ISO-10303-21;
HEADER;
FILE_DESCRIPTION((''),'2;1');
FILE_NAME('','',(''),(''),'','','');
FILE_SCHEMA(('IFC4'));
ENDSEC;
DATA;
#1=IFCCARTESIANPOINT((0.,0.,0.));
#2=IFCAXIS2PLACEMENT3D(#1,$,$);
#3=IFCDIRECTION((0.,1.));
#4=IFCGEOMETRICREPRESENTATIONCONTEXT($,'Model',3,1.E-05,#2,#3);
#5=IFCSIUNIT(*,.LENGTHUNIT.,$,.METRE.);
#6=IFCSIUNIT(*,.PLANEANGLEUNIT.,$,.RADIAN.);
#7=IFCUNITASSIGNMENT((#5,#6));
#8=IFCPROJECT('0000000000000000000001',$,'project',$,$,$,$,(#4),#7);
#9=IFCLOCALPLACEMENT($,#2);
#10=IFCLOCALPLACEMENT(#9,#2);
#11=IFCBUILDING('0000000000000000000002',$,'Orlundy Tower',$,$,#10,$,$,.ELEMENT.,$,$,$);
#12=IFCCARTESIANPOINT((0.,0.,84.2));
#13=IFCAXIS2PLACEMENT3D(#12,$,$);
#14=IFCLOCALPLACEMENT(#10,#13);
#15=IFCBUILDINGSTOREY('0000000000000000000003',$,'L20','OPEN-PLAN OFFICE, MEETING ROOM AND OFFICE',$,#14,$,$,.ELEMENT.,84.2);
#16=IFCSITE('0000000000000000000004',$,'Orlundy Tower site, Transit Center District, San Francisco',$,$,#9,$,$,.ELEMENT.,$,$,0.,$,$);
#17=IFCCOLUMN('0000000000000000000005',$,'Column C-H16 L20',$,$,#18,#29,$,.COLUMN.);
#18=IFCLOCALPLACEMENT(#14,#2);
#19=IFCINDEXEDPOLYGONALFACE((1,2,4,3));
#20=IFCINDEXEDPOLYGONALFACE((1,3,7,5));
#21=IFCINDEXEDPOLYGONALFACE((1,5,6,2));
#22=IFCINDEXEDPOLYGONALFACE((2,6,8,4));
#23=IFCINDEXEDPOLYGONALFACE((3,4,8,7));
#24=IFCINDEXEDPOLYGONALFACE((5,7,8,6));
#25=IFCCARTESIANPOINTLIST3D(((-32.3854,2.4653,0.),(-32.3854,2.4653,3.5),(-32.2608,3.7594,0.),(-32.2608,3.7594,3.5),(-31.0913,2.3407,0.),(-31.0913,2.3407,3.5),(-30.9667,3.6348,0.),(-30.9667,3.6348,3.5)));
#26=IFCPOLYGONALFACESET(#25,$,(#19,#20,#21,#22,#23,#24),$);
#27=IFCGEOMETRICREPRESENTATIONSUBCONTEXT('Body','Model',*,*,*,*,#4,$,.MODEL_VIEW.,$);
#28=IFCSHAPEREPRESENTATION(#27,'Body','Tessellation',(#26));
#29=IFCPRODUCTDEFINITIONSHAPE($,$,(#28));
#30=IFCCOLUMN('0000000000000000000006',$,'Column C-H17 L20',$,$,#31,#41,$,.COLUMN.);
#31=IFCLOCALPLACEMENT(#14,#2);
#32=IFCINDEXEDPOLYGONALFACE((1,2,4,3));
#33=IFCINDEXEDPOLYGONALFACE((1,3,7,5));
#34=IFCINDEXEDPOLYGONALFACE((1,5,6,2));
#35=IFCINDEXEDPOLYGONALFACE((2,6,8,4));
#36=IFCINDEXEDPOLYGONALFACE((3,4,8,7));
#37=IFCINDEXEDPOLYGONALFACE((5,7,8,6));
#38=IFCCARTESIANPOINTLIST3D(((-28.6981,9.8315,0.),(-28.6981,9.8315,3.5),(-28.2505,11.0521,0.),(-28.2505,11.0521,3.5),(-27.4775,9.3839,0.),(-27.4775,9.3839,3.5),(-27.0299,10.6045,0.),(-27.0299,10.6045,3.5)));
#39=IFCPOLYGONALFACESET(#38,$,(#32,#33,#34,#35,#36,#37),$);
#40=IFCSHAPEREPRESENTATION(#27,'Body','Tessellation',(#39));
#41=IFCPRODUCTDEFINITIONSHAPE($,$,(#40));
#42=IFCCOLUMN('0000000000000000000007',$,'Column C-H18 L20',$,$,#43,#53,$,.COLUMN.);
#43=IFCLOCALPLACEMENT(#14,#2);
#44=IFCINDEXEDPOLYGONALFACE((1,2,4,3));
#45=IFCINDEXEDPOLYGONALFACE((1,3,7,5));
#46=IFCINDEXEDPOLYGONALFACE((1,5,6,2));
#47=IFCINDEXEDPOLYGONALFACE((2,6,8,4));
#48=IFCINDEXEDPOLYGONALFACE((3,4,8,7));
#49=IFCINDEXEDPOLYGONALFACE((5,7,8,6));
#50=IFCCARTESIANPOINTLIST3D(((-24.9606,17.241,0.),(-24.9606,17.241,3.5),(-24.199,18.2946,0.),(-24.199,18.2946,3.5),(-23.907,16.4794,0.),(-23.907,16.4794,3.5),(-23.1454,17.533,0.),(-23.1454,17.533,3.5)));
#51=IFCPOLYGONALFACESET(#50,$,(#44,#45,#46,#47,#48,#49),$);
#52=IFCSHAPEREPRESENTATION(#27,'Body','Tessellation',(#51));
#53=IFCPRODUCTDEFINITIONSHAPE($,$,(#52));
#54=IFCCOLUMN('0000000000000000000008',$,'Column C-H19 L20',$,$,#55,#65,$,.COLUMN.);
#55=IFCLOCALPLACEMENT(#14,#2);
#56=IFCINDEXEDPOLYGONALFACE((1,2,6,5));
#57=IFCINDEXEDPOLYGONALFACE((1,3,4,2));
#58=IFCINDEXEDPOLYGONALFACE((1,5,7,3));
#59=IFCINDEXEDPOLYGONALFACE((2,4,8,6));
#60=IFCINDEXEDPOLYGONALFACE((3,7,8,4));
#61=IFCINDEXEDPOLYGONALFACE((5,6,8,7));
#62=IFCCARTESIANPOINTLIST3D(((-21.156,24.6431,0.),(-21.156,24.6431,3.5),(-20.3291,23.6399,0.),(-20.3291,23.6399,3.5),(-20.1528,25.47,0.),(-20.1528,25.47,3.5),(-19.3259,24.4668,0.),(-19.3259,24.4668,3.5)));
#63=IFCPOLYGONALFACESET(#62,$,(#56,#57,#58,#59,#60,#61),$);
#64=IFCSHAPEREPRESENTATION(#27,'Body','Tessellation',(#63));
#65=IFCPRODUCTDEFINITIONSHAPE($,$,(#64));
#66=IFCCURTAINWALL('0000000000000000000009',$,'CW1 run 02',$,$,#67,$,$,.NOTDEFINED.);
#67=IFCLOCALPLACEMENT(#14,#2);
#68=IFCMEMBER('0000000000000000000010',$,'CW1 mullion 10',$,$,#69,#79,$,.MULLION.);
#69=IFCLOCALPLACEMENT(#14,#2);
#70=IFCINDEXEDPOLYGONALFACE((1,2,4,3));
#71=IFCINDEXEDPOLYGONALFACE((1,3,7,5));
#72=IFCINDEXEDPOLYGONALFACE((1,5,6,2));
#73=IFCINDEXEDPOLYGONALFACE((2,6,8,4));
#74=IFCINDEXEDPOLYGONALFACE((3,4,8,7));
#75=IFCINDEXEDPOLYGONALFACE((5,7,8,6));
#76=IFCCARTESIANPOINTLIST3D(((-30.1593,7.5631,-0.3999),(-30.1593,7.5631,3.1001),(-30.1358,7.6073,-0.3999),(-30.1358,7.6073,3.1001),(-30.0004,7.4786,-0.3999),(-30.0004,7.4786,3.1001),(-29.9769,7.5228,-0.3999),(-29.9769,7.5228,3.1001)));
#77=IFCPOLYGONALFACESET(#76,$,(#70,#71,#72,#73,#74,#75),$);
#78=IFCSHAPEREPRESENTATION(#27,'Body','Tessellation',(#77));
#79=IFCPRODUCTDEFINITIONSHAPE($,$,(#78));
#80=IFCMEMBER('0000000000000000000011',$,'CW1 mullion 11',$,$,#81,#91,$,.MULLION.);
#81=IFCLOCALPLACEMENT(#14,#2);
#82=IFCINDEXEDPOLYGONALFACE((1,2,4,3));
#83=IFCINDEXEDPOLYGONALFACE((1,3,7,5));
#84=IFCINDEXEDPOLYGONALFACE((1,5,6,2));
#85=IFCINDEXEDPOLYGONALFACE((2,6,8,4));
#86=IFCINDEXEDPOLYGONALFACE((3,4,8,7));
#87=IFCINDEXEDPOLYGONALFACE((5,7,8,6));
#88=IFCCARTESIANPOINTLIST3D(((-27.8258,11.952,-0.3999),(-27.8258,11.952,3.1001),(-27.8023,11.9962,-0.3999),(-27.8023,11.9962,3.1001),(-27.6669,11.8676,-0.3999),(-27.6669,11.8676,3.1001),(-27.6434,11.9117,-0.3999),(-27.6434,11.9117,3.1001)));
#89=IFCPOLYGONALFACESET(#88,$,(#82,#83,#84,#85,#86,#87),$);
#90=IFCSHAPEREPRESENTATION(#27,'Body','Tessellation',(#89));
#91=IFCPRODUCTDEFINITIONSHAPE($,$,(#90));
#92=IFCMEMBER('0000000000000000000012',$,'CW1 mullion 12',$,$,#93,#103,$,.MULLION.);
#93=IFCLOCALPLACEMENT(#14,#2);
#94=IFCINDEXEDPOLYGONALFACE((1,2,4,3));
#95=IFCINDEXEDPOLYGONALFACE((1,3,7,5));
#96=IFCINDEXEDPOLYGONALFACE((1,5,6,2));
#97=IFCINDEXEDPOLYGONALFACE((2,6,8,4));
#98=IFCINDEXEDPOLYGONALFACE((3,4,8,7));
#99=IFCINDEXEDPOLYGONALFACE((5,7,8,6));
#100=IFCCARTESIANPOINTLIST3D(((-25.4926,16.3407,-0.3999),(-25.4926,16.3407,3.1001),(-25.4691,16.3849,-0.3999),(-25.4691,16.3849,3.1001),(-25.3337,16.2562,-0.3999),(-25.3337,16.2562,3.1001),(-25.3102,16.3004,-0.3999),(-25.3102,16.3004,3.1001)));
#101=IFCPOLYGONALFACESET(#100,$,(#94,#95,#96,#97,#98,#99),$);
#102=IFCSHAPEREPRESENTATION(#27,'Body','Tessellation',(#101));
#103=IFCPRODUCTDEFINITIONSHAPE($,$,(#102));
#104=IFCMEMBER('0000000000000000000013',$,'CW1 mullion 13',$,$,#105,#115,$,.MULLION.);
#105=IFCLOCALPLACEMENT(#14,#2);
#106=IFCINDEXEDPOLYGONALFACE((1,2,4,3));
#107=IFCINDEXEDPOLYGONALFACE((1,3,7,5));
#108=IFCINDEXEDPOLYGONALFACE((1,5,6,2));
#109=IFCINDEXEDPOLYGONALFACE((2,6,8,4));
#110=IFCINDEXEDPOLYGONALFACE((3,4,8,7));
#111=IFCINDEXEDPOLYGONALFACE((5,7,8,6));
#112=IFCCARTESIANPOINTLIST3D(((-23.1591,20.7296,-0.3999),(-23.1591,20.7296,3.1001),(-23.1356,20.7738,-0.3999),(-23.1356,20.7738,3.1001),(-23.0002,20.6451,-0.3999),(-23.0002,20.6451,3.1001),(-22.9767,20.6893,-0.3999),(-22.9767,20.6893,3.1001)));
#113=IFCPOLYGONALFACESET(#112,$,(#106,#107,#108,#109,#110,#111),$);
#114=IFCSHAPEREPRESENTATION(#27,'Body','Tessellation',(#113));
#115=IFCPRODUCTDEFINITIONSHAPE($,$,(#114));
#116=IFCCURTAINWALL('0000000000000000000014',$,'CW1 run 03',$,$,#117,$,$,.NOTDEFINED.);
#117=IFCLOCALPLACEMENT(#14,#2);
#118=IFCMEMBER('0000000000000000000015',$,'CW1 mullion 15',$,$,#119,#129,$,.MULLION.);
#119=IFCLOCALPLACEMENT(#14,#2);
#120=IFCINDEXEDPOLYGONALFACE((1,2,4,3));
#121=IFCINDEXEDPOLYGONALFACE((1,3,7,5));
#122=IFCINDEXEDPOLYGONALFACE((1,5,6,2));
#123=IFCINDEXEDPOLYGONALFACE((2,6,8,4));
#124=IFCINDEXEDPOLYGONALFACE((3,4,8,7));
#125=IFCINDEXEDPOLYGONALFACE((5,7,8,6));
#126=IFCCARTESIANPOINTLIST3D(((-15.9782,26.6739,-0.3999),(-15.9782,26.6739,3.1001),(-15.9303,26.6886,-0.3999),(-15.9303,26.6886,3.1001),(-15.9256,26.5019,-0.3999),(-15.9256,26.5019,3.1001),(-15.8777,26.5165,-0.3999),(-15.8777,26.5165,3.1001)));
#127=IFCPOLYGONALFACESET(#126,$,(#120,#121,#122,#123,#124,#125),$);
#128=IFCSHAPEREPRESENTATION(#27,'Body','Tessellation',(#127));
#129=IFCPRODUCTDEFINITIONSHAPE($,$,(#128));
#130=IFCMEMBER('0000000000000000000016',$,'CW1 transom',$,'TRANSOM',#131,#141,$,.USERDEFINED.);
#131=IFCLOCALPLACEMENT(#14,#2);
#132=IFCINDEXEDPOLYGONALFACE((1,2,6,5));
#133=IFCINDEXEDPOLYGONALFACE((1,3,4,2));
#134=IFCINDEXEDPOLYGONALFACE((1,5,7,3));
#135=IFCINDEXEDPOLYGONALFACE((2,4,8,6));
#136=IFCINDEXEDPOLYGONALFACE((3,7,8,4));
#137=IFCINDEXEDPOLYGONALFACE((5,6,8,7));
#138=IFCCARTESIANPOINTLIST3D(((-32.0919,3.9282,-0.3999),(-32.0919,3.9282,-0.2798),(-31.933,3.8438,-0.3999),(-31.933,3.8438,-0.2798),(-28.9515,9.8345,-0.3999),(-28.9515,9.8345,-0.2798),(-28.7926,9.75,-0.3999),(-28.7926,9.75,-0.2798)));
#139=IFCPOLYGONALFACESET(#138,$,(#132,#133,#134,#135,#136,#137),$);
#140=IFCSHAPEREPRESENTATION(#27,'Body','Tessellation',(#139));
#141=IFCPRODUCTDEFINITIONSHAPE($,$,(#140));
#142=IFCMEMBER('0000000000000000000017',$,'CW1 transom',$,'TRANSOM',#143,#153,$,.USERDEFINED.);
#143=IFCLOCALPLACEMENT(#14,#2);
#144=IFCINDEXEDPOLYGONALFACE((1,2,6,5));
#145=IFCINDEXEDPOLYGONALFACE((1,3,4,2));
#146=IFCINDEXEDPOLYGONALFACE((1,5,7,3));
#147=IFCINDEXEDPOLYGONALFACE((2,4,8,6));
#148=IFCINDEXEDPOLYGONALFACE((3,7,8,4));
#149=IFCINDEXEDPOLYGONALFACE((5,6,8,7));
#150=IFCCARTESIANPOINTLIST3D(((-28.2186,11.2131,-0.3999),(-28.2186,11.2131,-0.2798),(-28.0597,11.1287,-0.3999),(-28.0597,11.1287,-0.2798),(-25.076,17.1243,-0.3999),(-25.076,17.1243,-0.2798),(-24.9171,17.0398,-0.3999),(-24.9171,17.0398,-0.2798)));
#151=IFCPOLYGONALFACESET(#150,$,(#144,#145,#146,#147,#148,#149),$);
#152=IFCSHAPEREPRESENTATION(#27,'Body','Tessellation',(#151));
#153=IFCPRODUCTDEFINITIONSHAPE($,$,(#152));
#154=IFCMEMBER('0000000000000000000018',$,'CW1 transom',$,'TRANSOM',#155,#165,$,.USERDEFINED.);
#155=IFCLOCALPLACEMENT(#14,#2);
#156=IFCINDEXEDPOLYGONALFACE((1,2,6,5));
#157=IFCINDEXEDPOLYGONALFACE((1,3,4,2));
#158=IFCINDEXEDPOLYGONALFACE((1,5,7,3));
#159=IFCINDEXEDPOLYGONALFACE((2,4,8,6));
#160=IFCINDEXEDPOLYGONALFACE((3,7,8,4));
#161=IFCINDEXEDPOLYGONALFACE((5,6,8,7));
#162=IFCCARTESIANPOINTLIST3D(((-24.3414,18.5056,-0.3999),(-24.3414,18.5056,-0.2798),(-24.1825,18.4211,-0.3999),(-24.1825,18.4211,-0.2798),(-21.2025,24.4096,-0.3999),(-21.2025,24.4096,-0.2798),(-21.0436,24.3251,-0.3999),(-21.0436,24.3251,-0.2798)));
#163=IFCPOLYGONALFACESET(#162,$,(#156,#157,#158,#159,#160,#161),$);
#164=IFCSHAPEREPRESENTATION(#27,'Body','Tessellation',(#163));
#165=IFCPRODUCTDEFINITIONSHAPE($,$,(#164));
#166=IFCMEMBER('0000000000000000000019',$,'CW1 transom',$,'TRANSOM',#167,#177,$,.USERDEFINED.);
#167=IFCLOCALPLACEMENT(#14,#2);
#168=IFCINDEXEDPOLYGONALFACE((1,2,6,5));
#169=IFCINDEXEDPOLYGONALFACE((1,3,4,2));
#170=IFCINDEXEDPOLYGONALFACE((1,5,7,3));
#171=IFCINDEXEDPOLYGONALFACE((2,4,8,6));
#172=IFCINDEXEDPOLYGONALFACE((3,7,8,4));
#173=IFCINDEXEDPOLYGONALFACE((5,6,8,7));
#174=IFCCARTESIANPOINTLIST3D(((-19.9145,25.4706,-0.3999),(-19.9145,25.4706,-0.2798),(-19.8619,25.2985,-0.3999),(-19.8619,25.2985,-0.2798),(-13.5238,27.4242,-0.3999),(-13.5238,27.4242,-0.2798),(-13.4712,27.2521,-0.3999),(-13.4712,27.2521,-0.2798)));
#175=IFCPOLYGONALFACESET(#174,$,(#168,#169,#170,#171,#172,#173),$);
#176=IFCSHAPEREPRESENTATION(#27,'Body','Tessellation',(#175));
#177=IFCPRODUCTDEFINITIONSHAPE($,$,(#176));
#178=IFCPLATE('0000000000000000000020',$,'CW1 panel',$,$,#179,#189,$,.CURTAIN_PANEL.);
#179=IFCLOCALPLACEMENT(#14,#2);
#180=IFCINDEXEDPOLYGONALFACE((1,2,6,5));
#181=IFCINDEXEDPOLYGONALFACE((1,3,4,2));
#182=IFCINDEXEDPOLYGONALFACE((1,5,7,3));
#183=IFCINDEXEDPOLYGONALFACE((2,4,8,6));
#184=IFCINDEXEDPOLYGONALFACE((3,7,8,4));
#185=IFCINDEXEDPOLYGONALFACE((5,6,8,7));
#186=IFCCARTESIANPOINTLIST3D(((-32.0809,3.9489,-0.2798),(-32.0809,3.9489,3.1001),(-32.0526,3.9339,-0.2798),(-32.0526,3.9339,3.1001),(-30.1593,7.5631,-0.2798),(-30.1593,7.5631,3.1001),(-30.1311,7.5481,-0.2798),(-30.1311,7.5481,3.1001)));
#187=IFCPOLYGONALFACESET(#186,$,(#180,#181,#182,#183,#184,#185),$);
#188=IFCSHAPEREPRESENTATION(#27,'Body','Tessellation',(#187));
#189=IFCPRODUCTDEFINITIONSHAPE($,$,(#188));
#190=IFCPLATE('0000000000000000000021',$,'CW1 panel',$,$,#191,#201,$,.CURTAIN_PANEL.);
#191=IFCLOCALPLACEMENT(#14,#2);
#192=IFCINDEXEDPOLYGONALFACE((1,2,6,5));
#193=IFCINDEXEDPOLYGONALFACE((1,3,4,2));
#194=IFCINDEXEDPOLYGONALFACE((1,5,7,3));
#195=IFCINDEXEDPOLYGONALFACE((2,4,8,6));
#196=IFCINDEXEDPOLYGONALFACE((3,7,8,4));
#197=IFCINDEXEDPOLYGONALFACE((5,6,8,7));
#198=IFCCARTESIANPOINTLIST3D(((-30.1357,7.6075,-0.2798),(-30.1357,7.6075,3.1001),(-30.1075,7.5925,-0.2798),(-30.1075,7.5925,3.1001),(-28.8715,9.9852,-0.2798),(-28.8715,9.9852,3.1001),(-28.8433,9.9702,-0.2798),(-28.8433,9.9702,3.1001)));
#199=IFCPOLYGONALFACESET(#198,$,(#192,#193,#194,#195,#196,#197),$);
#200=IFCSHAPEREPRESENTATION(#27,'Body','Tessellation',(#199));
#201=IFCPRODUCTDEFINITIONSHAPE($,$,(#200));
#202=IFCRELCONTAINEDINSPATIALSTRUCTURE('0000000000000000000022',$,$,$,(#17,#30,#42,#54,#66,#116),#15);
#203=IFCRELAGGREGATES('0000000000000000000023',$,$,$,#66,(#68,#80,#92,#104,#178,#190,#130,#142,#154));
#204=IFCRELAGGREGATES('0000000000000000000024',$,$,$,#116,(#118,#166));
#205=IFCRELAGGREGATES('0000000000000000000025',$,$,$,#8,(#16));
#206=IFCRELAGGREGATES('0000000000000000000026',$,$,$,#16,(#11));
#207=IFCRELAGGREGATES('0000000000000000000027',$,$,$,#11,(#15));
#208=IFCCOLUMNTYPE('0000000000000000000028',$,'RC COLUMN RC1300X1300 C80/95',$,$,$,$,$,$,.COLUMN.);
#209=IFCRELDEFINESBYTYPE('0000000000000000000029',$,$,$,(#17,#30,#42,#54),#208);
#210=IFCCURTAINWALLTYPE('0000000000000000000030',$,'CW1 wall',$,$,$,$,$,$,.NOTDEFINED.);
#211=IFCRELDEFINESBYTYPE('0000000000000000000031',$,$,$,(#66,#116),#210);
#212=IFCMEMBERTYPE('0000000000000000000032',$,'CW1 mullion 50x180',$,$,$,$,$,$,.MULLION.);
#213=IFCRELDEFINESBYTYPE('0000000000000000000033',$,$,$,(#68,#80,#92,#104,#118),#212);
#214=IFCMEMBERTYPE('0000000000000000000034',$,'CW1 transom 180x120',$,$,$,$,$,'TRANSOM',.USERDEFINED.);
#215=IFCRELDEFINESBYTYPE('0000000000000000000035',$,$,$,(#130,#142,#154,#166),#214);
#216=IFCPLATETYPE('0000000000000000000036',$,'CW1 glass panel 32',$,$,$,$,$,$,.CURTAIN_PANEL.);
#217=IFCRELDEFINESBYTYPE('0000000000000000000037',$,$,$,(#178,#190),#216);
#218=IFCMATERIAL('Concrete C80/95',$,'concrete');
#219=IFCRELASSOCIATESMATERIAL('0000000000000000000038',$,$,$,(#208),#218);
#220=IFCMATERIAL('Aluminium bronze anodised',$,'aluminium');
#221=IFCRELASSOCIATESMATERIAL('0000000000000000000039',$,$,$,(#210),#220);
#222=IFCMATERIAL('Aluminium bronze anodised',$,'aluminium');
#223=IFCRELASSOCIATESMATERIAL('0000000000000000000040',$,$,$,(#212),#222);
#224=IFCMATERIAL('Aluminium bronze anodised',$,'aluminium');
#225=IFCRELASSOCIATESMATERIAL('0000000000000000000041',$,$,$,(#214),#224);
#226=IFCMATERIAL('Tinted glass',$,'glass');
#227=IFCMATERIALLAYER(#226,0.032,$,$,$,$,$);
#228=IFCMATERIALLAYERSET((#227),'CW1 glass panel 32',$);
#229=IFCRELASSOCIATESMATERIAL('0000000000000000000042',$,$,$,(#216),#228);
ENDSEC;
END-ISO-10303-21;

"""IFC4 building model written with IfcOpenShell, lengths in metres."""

from ifc_helpers import new_model, si_unit, direction, frame, origin, origin_2d, place, context, subcontext, project, spatial, rectangle, extrude, material, layer, layer_set, material_profile, profile_set, type_object, element, aggregate, save


model = new_model("IFC4")

# Units and contexts
model_context = context("Model", 3, precision=1e-05, world=origin(), true_north=direction((0.0, 1.0)))
body_context = subcontext(model_context, "Body", "Model", "MODEL_VIEW")
ifc_project = project(units=[si_unit("LENGTHUNIT", "METRE"), si_unit("PLANEANGLEUNIT", "RADIAN")], contexts=[model_context])

# Site, building, storey
site_placement = place(None, origin())
site = spatial("IfcSite", under=ifc_project, at=site_placement, Name="Orlundy Tower site, Transit Center District, San Francisco", CompositionType="ELEMENT", RefElevation=0.0)
building_placement = place(site_placement, origin())
building = spatial("IfcBuilding", under=site, at=building_placement, Name="Orlundy Tower", CompositionType="ELEMENT")
storey_placement = place(building_placement, frame((0.0, 0.0, 84.2)))
storey = spatial("IfcBuildingStorey", under=building, at=storey_placement, Name="L20", Description="OPEN-PLAN OFFICE, MEETING ROOM AND OFFICE", CompositionType="ELEMENT", Elevation=84.2)

# Columns
ifc_material_1 = material(Name="Concrete C80/95", Category="concrete")
ifc_material_profile_1 = material_profile(ifc_material_1, rectangle(XDim=1.3, YDim=1.3, at=origin_2d()), Name="RC1300X1300")
ifc_profile_set_1 = profile_set([ifc_material_profile_1], Name="Concrete C80/95")
column_type = type_object("IfcColumnType", Name="RC COLUMN RC1300X1300 C80/95", PredefinedType="COLUMN", material=ifc_profile_set_1)
for number, where, z_axis, x_axis, name in (
    (1, (-31.676, 3.05, 0.0), (0.0, 0.0, 1.0), (-0.995396, 0.095846, 0.0), "Column C-H16 L20"),
    (2, (-27.864, 10.218, 0.0), (0.0, 0.0, 1.0), (-0.938866, 0.344282, 0.0), "Column C-H17 L20"),
    (3, (-24.053, 17.387, 0.0), (0.0, 0.0, 1.0), (-0.81043, 0.585835, 0.0), "Column C-H18 L20"),
    (4, (-20.241, 24.5549, 0.0), (0.0, 0.0, 1.0), (-0.636065, 0.771636, 0.0), "Column C-H19 L20"),
):
    element("IfcColumn", number, at=place(storey_placement, frame(where, z_axis=z_axis, x_axis=x_axis)), inside=storey, type_object=column_type, Name=name, PredefinedType="COLUMN", context=body_context, shape_type="SweptSolid", body=[
        extrude(rectangle(XDim=1.3, YDim=1.3, at=origin_2d()), origin(), (0.0, 0.0, 1.0), 3.5),
    ])

# Curtain wall, members
ifc_material_2 = material(Name="Aluminium bronze anodised", Category="aluminium")
curtain_wall_type = type_object("IfcCurtainWallType", Name="CW1 wall", PredefinedType="NOTDEFINED", material=ifc_material_2)
curtain_wall_1_placement = place(storey_placement, origin())
curtain_wall_1 = element("IfcCurtainWall", 5, at=curtain_wall_1_placement, inside=storey, type_object=curtain_wall_type, Name="CW1 run 02", PredefinedType="NOTDEFINED")
ifc_material_3 = material(Name="Aluminium bronze anodised", Category="aluminium")
ifc_material_profile_2 = material_profile(ifc_material_3, rectangle(XDim=0.1799, YDim=0.05, at=origin_2d()), Name="CW1 mullion 50x180")
ifc_profile_set_2 = profile_set([ifc_material_profile_2], Name="Aluminium bronze anodised")
member_type_1 = type_object("IfcMemberType", Name="CW1 mullion 50x180", PredefinedType="MULLION", material=ifc_profile_set_2)
member_1_placement = place(storey_placement, frame((-30.0681, 7.543, -0.3999), z_axis=(0.0, 0.0, 1.0), x_axis=(-0.882961, 0.469445, 0.0)))
member_1 = element("IfcMember", 6, at=member_1_placement, type_object=member_type_1, Name="CW1 mullion 10", PredefinedType="MULLION", context=body_context, shape_type="SweptSolid", body=[
    extrude(rectangle(XDim=0.1799, YDim=0.05, at=origin_2d()), origin(), (0.0, 0.0, 1.0), 3.5),
])
member_2_placement = place(storey_placement, frame((-27.7346, 11.9319, -0.3999), z_axis=(0.0, 0.0, 1.0), x_axis=(-0.882961, 0.469445, 0.0)))
member_2 = element("IfcMember", 7, at=member_2_placement, type_object=member_type_1, Name="CW1 mullion 11", PredefinedType="MULLION", context=body_context, shape_type="SweptSolid", body=[
    extrude(rectangle(XDim=0.1799, YDim=0.05, at=origin_2d()), origin(), (0.0, 0.0, 1.0), 3.5),
])
member_3_placement = place(storey_placement, frame((-25.4014, 16.3206, -0.3999), z_axis=(0.0, 0.0, 1.0), x_axis=(-0.882961, 0.469445, 0.0)))
member_3 = element("IfcMember", 8, at=member_3_placement, type_object=member_type_1, Name="CW1 mullion 12", PredefinedType="MULLION", context=body_context, shape_type="SweptSolid", body=[
    extrude(rectangle(XDim=0.1799, YDim=0.05, at=origin_2d()), origin(), (0.0, 0.0, 1.0), 3.5),
])
member_4_placement = place(storey_placement, frame((-23.0679, 20.7095, -0.3999), z_axis=(0.0, 0.0, 1.0), x_axis=(-0.882961, 0.469445, 0.0)))
member_4 = element("IfcMember", 9, at=member_4_placement, type_object=member_type_1, Name="CW1 mullion 13", PredefinedType="MULLION", context=body_context, shape_type="SweptSolid", body=[
    extrude(rectangle(XDim=0.1799, YDim=0.05, at=origin_2d()), origin(), (0.0, 0.0, 1.0), 3.5),
])

# Curtain wall, member
curtain_wall_2_placement = place(storey_placement, origin())
curtain_wall_2 = element("IfcCurtainWall", 10, at=curtain_wall_2_placement, inside=storey, type_object=curtain_wall_type, Name="CW1 run 03", PredefinedType="NOTDEFINED")
member_5_placement = place(storey_placement, frame((-15.928, 26.5952, -0.3999), z_axis=(0.0, 0.0, 1.0), x_axis=(-0.292361, 0.956308, 0.0)))
member_5 = element("IfcMember", 11, at=member_5_placement, type_object=member_type_1, Name="CW1 mullion 15", PredefinedType="MULLION", context=body_context, shape_type="SweptSolid", body=[
    extrude(rectangle(XDim=0.1799, YDim=0.05, at=origin_2d()), origin(), (0.0, 0.0, 1.0), 3.5),
])

# Members
ifc_material_4 = material(Name="Aluminium bronze anodised", Category="aluminium")
ifc_material_profile_3 = material_profile(ifc_material_4, rectangle(XDim=0.1799, YDim=0.1201, at=origin_2d()), Name="CW1 transom 180x120")
ifc_profile_set_3 = profile_set([ifc_material_profile_3], Name="Aluminium bronze anodised")
member_type_2 = type_object("IfcMemberType", Name="CW1 transom 180x120", ElementType="TRANSOM", PredefinedType="USERDEFINED", material=ifc_profile_set_3)
member_6_placement = place(storey_placement, frame((-32.0125, 3.886, -0.3398), z_axis=(0.469468, 0.882949, 0.0), x_axis=(-0.882949, 0.469468, 0.0)))
member_6 = element("IfcMember", 12, at=member_6_placement, type_object=member_type_2, Name="CW1 transom", ObjectType="TRANSOM", PredefinedType="USERDEFINED", context=body_context, shape_type="SweptSolid", body=[
    extrude(rectangle(XDim=0.1799, YDim=0.1201, at=origin_2d()), origin(), (0.0, 0.0, 1.0), 6.6892),
])
member_7_placement = place(storey_placement, frame((-28.1392, 11.1709, -0.3398), z_axis=(0.469422, 0.882974, 0.0), x_axis=(-0.882974, 0.469422, 0.0)))
member_7 = element("IfcMember", 13, at=member_7_placement, type_object=member_type_2, Name="CW1 transom", ObjectType="TRANSOM", PredefinedType="USERDEFINED", context=body_context, shape_type="SweptSolid", body=[
    extrude(rectangle(XDim=0.1799, YDim=0.1201, at=origin_2d()), origin(), (0.0, 0.0, 1.0), 6.6946),
])
member_8_placement = place(storey_placement, frame((-24.262, 18.4634, -0.3398), z_axis=(0.469434, 0.882968, 0.0), x_axis=(-0.882968, 0.469434, 0.0)))
member_8 = element("IfcMember", 14, at=member_8_placement, type_object=member_type_2, Name="CW1 transom", ObjectType="TRANSOM", PredefinedType="USERDEFINED", context=body_context, shape_type="SweptSolid", body=[
    extrude(rectangle(XDim=0.1799, YDim=0.1201, at=origin_2d()), origin(), (0.0, 0.0, 1.0), 6.6865),
])
member_9_placement = place(storey_placement, frame((-19.8882, 25.3845, -0.3398), z_axis=(0.956313, 0.292345, 0.0), x_axis=(-0.292345, 0.956313, 0.0)))
member_9 = element("IfcMember", 15, at=member_9_placement, type_object=member_type_2, Name="CW1 transom", ObjectType="TRANSOM", PredefinedType="USERDEFINED", context=body_context, shape_type="SweptSolid", body=[
    extrude(rectangle(XDim=0.1799, YDim=0.1201, at=origin_2d()), origin(), (0.0, 0.0, 1.0), 6.6826),
])

# Plates
ifc_material_5 = material(Name="Tinted glass", Category="glass")
ifc_layer_1 = layer(ifc_material_5, 0.032)
ifc_layer_set_1 = layer_set([ifc_layer_1], Name="CW1 glass panel 32")
plate_type = type_object("IfcPlateType", Name="CW1 glass panel 32", PredefinedType="CURTAIN_PANEL", material=ifc_layer_set_1)
plate_1_placement = place(storey_placement, frame((-31.106, 5.7485, -0.2798), z_axis=(0.0, 0.0, 1.0), x_axis=(0.469445, 0.882961, 0.0)))
plate_1 = element("IfcPlate", 16, at=plate_1_placement, type_object=plate_type, Name="CW1 panel", PredefinedType="CURTAIN_PANEL", context=body_context, shape_type="SweptSolid", body=[
    extrude(rectangle(XDim=4.0933, YDim=0.032, at=origin_2d()), origin(), (0.0, 0.0, 1.0), 3.3799),
])
plate_2_placement = place(storey_placement, frame((-29.4895, 8.7888, -0.2798), z_axis=(0.0, 0.0, 1.0), x_axis=(0.469445, 0.882961, 0.0)))
plate_2 = element("IfcPlate", 17, at=plate_2_placement, type_object=plate_type, Name="CW1 panel", PredefinedType="CURTAIN_PANEL", context=body_context, shape_type="SweptSolid", body=[
    extrude(rectangle(XDim=2.6929, YDim=0.032, at=origin_2d()), origin(), (0.0, 0.0, 1.0), 3.3799),
])
aggregate(curtain_wall_1, [member_1, member_2, member_3, member_4, plate_1, plate_2, member_6, member_7, member_8])
aggregate(curtain_wall_2, [member_5, member_9])

save(model, "model.ifc")
